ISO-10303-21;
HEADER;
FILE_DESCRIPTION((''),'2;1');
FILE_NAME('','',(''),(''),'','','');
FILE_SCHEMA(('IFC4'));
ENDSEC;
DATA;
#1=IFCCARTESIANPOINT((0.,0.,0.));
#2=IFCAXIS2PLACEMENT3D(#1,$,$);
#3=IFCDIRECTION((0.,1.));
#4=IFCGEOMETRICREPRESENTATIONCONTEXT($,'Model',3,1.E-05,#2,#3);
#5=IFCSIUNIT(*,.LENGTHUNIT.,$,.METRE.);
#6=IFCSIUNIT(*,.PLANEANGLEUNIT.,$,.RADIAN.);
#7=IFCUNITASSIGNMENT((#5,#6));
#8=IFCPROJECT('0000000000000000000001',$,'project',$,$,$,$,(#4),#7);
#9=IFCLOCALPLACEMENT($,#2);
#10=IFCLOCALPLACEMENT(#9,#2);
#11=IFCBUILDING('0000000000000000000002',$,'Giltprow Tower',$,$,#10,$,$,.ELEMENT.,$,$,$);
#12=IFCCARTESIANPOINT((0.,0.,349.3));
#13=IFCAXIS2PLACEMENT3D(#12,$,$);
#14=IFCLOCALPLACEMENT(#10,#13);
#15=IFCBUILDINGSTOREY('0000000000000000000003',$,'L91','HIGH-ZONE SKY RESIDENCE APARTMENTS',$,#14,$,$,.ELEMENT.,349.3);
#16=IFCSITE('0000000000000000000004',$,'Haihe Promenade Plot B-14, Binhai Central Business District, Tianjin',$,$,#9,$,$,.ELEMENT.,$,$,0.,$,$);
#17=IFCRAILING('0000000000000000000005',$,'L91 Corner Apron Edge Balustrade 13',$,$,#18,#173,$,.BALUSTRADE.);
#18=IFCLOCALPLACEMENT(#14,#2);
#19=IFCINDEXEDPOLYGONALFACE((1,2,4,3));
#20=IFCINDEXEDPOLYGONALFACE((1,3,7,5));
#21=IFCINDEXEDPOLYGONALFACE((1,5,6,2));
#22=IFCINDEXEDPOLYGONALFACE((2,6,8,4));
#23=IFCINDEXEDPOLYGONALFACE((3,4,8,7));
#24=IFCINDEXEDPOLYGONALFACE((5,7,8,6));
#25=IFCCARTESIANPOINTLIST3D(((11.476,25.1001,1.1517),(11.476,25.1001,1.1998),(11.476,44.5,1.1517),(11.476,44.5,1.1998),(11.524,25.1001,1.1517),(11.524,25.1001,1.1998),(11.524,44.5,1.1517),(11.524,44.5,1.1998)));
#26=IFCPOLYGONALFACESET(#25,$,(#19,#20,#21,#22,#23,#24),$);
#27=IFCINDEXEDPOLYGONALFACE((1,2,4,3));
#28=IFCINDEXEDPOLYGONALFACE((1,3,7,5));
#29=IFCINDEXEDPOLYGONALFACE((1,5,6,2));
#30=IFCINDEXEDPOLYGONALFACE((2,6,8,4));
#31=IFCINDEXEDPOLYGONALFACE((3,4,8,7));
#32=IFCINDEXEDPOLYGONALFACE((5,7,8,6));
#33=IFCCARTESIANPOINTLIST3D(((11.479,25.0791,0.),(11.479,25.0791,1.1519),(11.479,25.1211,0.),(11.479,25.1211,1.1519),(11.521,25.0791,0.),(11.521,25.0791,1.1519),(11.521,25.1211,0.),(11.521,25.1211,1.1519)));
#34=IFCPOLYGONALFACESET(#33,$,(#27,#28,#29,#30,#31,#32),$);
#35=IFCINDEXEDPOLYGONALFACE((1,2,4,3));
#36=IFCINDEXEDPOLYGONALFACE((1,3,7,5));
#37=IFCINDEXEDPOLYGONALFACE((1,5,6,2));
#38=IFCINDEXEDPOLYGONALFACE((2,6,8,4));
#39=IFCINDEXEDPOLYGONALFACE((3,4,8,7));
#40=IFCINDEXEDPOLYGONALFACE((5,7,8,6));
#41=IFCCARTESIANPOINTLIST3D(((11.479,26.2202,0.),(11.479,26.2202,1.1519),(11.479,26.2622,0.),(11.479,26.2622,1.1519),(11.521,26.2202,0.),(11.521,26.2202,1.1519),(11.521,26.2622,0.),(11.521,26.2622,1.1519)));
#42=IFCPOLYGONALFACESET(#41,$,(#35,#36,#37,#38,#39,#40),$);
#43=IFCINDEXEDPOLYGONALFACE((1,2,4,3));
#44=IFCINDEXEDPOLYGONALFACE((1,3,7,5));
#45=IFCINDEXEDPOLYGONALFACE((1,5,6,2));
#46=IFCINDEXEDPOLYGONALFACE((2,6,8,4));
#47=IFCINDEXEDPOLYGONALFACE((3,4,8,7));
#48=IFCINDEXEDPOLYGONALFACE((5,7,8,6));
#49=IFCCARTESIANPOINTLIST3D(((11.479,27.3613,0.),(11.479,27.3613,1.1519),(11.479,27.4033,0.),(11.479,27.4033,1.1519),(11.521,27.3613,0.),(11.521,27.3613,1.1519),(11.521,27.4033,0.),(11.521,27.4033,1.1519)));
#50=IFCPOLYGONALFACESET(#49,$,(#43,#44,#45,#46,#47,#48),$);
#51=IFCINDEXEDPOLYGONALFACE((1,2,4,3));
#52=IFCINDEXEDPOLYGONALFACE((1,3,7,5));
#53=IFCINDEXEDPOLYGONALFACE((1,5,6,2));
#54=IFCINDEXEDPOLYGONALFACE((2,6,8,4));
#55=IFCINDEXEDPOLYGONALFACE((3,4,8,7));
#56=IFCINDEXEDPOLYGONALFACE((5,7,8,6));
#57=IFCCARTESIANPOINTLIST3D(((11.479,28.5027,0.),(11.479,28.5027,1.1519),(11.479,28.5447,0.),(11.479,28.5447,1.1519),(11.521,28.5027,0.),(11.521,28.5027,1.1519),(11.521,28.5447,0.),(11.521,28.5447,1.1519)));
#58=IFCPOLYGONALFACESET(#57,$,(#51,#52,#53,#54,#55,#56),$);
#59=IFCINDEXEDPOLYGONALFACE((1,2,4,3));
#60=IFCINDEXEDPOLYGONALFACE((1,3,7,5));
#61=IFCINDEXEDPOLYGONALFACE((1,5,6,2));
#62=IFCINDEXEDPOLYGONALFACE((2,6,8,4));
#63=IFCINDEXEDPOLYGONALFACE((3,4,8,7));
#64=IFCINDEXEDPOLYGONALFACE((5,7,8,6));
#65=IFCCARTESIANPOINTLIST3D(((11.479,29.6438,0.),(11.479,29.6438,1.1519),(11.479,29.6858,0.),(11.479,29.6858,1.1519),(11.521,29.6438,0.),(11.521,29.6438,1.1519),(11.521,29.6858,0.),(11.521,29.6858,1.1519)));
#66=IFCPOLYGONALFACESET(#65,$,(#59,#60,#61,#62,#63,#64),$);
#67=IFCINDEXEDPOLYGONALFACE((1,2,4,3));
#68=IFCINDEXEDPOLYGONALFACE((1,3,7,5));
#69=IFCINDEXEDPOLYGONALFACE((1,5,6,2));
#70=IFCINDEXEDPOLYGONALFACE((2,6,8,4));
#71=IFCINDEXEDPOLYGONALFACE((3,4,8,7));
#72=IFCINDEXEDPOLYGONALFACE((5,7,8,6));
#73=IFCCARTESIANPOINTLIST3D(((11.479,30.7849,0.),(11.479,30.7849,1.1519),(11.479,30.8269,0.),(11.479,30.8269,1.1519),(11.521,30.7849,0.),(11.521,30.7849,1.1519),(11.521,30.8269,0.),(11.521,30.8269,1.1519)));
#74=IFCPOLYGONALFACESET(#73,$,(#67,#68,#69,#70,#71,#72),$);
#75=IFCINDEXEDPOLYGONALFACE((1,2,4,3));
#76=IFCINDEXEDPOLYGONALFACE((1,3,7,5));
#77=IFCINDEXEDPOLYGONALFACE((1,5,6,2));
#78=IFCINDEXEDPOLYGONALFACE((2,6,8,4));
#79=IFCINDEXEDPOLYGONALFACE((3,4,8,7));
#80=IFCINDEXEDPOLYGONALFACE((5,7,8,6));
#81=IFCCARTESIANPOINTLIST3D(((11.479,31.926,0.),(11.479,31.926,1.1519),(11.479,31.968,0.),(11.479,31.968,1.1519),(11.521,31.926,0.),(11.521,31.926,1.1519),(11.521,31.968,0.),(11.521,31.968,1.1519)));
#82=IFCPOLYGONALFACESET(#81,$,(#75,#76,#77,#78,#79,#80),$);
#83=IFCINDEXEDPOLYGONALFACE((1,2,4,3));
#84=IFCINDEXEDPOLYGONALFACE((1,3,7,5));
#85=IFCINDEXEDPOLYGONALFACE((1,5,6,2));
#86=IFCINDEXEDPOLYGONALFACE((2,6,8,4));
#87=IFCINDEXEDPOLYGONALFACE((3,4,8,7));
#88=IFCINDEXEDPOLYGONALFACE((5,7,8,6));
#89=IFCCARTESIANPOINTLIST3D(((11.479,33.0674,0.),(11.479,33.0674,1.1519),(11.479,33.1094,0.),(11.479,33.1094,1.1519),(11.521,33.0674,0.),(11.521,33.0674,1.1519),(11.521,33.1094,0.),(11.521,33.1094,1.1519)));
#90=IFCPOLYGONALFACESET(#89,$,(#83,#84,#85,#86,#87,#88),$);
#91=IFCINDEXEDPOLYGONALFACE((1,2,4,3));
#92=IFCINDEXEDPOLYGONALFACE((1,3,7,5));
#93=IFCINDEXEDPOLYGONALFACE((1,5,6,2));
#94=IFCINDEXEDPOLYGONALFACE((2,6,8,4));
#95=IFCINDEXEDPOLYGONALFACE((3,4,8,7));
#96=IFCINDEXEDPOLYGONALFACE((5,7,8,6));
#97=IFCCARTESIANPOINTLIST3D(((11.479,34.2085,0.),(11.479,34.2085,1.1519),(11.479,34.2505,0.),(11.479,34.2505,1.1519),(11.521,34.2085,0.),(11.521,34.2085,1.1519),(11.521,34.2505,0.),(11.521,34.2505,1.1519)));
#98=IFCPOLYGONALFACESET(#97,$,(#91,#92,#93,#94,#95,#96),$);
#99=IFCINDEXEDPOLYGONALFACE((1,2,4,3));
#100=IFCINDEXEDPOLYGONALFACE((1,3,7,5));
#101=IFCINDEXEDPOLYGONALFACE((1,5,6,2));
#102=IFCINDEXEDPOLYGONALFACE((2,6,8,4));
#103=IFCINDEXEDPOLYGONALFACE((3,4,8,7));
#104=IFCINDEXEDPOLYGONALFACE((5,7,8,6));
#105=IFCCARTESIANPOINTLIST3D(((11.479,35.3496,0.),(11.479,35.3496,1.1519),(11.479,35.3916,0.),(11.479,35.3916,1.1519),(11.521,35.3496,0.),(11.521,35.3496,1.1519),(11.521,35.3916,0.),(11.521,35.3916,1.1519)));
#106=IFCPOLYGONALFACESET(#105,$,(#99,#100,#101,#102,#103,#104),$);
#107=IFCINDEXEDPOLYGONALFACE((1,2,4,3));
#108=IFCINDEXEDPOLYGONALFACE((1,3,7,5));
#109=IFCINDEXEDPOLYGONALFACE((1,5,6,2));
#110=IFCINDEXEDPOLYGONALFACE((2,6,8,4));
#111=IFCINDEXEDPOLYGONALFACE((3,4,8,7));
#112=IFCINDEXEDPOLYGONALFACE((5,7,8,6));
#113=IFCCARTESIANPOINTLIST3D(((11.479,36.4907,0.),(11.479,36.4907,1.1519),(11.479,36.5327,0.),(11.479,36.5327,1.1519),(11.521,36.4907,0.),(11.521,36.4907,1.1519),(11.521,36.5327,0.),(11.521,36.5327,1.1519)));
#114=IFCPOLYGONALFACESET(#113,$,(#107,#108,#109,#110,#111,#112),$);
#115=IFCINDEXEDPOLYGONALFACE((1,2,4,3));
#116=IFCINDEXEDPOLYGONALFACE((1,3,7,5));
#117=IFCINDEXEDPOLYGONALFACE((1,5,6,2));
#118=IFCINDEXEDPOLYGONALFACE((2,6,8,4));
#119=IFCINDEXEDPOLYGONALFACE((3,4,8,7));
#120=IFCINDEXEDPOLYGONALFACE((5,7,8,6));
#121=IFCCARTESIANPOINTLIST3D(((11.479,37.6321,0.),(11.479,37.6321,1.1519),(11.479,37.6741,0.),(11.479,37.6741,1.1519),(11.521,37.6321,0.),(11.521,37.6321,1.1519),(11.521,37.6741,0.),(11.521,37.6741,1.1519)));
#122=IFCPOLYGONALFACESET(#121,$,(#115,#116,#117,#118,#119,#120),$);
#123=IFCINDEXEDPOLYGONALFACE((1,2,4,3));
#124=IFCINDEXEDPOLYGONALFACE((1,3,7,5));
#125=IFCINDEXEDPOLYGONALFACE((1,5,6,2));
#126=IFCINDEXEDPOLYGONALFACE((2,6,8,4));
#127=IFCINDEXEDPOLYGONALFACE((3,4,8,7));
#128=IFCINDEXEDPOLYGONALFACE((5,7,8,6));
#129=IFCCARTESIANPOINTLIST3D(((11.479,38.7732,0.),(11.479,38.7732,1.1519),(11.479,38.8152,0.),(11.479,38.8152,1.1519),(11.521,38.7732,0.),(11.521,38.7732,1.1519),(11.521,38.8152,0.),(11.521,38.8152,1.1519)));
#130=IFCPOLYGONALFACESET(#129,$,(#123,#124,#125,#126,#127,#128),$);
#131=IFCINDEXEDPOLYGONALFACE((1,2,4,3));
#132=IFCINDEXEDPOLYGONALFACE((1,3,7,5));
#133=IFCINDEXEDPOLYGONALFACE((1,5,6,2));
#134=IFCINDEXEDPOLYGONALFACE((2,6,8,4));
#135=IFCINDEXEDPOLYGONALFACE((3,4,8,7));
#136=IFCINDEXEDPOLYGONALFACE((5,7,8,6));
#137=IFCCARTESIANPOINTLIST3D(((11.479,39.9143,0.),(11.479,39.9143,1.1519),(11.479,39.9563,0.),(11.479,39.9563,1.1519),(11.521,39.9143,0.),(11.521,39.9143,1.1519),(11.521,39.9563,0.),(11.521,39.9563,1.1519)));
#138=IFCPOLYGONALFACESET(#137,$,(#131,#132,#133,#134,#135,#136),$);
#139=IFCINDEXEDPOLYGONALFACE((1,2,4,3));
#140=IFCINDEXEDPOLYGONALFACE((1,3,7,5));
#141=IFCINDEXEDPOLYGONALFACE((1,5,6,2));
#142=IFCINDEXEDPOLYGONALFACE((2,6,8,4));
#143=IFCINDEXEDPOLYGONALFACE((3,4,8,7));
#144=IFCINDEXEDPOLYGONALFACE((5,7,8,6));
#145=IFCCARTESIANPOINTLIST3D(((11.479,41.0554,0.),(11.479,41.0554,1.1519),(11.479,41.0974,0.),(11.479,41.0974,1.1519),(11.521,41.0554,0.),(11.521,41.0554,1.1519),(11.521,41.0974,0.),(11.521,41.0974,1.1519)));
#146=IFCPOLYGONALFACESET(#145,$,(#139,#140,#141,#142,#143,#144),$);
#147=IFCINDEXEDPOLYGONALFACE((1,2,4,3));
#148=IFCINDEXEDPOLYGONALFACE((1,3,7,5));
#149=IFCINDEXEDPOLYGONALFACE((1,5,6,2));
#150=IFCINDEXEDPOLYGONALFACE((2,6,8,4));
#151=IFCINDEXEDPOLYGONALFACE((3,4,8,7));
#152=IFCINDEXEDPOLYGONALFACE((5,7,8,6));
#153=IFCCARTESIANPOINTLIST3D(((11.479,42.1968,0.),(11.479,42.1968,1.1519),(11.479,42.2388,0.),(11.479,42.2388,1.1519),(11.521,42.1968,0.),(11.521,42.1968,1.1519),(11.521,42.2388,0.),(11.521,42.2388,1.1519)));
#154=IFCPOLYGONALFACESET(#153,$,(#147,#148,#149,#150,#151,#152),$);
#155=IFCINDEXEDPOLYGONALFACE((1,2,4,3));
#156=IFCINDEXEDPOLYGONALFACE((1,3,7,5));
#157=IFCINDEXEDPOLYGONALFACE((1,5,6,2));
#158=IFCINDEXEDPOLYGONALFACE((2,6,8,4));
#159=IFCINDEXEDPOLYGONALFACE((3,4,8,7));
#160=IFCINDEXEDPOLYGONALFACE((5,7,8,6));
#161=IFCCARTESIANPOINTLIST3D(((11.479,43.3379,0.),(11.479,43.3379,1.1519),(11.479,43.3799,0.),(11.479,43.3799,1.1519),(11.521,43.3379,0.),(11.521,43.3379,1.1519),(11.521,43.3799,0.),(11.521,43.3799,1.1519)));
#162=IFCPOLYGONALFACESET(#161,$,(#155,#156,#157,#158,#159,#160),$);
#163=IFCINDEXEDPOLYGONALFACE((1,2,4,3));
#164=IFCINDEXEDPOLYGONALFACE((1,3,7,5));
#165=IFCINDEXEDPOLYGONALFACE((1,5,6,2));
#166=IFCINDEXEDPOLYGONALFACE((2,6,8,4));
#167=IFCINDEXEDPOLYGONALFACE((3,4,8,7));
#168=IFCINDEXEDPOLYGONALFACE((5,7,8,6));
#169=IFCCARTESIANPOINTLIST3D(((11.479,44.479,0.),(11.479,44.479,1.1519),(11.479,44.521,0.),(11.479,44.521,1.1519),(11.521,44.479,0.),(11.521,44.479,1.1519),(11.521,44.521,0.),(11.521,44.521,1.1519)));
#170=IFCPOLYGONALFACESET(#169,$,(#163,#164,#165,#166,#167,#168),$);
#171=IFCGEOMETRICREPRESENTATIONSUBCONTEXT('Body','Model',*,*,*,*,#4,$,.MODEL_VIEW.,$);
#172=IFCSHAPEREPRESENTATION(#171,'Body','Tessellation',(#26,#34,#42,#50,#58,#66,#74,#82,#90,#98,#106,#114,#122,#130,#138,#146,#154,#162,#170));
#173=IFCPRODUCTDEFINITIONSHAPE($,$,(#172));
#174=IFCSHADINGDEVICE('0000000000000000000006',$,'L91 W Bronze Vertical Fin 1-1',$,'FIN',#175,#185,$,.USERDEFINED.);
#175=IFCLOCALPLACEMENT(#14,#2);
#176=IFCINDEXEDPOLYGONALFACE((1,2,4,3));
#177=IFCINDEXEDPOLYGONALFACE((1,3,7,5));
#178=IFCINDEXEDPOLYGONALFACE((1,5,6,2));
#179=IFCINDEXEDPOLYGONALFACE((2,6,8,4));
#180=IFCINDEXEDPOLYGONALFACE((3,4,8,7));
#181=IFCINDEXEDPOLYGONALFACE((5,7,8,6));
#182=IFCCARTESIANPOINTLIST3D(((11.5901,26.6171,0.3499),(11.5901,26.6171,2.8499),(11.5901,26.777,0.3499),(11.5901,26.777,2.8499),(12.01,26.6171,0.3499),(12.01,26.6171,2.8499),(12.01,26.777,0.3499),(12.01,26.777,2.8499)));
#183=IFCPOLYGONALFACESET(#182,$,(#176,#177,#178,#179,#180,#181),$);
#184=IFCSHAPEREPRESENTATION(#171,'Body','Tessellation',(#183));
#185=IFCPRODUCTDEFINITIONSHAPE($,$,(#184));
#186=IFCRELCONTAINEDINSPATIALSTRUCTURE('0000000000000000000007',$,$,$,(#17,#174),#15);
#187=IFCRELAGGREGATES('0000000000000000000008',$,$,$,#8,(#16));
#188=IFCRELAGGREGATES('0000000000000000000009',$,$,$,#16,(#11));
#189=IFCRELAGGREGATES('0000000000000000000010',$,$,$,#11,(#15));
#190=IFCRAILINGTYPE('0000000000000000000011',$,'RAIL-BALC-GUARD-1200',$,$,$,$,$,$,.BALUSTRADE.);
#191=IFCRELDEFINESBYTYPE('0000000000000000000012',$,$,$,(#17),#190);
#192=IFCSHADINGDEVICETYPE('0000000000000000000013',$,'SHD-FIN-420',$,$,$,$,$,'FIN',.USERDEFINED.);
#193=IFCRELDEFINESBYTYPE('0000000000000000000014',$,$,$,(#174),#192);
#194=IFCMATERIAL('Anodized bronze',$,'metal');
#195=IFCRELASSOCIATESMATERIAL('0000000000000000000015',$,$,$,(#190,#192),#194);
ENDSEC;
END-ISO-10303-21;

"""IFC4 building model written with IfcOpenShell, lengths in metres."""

from ifc_helpers import new_model, si_unit, direction, frame, origin, origin_2d, place, context, subcontext, project, spatial, rectangle, extrude, source, transform, mapped, material, type_object, element, save


model = new_model("IFC4")

# Units and contexts
model_context = context("Model", 3, precision=1e-05, world=origin(), true_north=direction((0.0, 1.0)))
body_context = subcontext(model_context, "Body", "Model", "MODEL_VIEW")
ifc_project = project(units=[si_unit("LENGTHUNIT", "METRE"), si_unit("PLANEANGLEUNIT", "RADIAN")], contexts=[model_context])

# Site, building, storey
site_placement = place(None, origin())
site = spatial("IfcSite", under=ifc_project, at=site_placement, Name="Haihe Promenade Plot B-14, Binhai Central Business District, Tianjin", CompositionType="ELEMENT", RefElevation=0.0)
building_placement = place(site_placement, origin())
building = spatial("IfcBuilding", under=site, at=building_placement, Name="Giltprow Tower", CompositionType="ELEMENT")
storey_placement = place(building_placement, frame((0.0, 0.0, 349.3)))
storey = spatial("IfcBuildingStorey", under=building, at=storey_placement, Name="L91", Description="HIGH-ZONE SKY RESIDENCE APARTMENTS", CompositionType="ELEMENT", Elevation=349.3)

# Railing
ifc_material_1 = material(Name="Anodized bronze", Category="metal")
railing_type = type_object("IfcRailingType", Name="RAIL-BALC-GUARD-1200", PredefinedType="BALUSTRADE", material=ifc_material_1)
railing_1_placement = place(storey_placement, frame((11.5, 25.1001, 0.0)))
element("IfcRailing", 1, at=railing_1_placement, inside=storey, type_object=railing_type, Name="L91 Corner Apron Edge Balustrade 13", PredefinedType="BALUSTRADE", context=body_context, shape_type="SweptSolid", body=[
    extrude(rectangle(XDim=0.0481, YDim=0.0481, at=origin_2d()), frame((0.0, 0.0, 1.1758), z_axis=(0.0, 1.0, 0.0), x_axis=(-1.0, 0.0, 0.0)), (0.0, 0.0, 1.0), 19.3999),
    extrude(rectangle(XDim=0.042, YDim=0.042, at=origin_2d()), origin(), (0.0, 0.0, 1.0), 1.1519),
    extrude(rectangle(XDim=0.042, YDim=0.042, at=origin_2d()), frame((0.0, 1.1411, 0.0)), (0.0, 0.0, 1.0), 1.1519),
    extrude(rectangle(XDim=0.042, YDim=0.042, at=origin_2d()), frame((0.0, 2.2822, 0.0)), (0.0, 0.0, 1.0), 1.1519),
    extrude(rectangle(XDim=0.042, YDim=0.042, at=origin_2d()), frame((0.0, 3.4236, 0.0)), (0.0, 0.0, 1.0), 1.1519),
    extrude(rectangle(XDim=0.042, YDim=0.042, at=origin_2d()), frame((0.0, 4.5647, 0.0)), (0.0, 0.0, 1.0), 1.1519),
    extrude(rectangle(XDim=0.042, YDim=0.042, at=origin_2d()), frame((0.0, 5.7058, 0.0)), (0.0, 0.0, 1.0), 1.1519),
    extrude(rectangle(XDim=0.042, YDim=0.042, at=origin_2d()), frame((0.0, 6.8469, 0.0)), (0.0, 0.0, 1.0), 1.1519),
    extrude(rectangle(XDim=0.042, YDim=0.042, at=origin_2d()), frame((0.0, 7.9883, 0.0)), (0.0, 0.0, 1.0), 1.1519),
    extrude(rectangle(XDim=0.042, YDim=0.042, at=origin_2d()), frame((0.0, 9.1294, 0.0)), (0.0, 0.0, 1.0), 1.1519),
    extrude(rectangle(XDim=0.042, YDim=0.042, at=origin_2d()), frame((0.0, 10.2705, 0.0)), (0.0, 0.0, 1.0), 1.1519),
    extrude(rectangle(XDim=0.042, YDim=0.042, at=origin_2d()), frame((0.0, 11.4116, 0.0)), (0.0, 0.0, 1.0), 1.1519),
    extrude(rectangle(XDim=0.042, YDim=0.042, at=origin_2d()), frame((0.0, 12.553, 0.0)), (0.0, 0.0, 1.0), 1.1519),
    extrude(rectangle(XDim=0.042, YDim=0.042, at=origin_2d()), frame((0.0, 13.6941, 0.0)), (0.0, 0.0, 1.0), 1.1519),
    extrude(rectangle(XDim=0.042, YDim=0.042, at=origin_2d()), frame((0.0, 14.8352, 0.0)), (0.0, 0.0, 1.0), 1.1519),
    extrude(rectangle(XDim=0.042, YDim=0.042, at=origin_2d()), frame((0.0, 15.9763, 0.0)), (0.0, 0.0, 1.0), 1.1519),
    extrude(rectangle(XDim=0.042, YDim=0.042, at=origin_2d()), frame((0.0, 17.1177, 0.0)), (0.0, 0.0, 1.0), 1.1519),
    extrude(rectangle(XDim=0.042, YDim=0.042, at=origin_2d()), frame((0.0, 18.2588, 0.0)), (0.0, 0.0, 1.0), 1.1519),
    extrude(rectangle(XDim=0.042, YDim=0.042, at=origin_2d()), frame((0.0, 19.3999, 0.0)), (0.0, 0.0, 1.0), 1.1519),
])

# Shading device
shading_device_type = type_object("IfcShadingDeviceType", Name="SHD-FIN-420", ElementType="FIN", PredefinedType="USERDEFINED", material=ifc_material_1)
shared_shape_1 = source(origin(), body_context, "Body", "SweptSolid", [
    extrude(rectangle(XDim=0.4199, YDim=0.1599, at=origin_2d()), origin(), (0.0, 0.0, 1.0), 2.5),
])
shading_device_placement = place(storey_placement, frame((11.8, 26.697, 0.3499), z_axis=(0.0, 0.0, 1.0), x_axis=(1.0, 0.0, 0.0)))
element("IfcShadingDevice", 2, at=shading_device_placement, inside=storey, type_object=shading_device_type, Name="L91 W Bronze Vertical Fin 1-1", ObjectType="FIN", PredefinedType="USERDEFINED", context=body_context, shape_type="MappedRepresentation", body=[
    mapped(shared_shape_1, transform((0.0, 0.0, 0.0), x_axis=(1.0, 0.0, 0.0), y_axis=(0.0, 1.0, 0.0), z_axis=(0.0, 0.0, 1.0), scale=1.0)),
])

save(model, "model.ifc")
